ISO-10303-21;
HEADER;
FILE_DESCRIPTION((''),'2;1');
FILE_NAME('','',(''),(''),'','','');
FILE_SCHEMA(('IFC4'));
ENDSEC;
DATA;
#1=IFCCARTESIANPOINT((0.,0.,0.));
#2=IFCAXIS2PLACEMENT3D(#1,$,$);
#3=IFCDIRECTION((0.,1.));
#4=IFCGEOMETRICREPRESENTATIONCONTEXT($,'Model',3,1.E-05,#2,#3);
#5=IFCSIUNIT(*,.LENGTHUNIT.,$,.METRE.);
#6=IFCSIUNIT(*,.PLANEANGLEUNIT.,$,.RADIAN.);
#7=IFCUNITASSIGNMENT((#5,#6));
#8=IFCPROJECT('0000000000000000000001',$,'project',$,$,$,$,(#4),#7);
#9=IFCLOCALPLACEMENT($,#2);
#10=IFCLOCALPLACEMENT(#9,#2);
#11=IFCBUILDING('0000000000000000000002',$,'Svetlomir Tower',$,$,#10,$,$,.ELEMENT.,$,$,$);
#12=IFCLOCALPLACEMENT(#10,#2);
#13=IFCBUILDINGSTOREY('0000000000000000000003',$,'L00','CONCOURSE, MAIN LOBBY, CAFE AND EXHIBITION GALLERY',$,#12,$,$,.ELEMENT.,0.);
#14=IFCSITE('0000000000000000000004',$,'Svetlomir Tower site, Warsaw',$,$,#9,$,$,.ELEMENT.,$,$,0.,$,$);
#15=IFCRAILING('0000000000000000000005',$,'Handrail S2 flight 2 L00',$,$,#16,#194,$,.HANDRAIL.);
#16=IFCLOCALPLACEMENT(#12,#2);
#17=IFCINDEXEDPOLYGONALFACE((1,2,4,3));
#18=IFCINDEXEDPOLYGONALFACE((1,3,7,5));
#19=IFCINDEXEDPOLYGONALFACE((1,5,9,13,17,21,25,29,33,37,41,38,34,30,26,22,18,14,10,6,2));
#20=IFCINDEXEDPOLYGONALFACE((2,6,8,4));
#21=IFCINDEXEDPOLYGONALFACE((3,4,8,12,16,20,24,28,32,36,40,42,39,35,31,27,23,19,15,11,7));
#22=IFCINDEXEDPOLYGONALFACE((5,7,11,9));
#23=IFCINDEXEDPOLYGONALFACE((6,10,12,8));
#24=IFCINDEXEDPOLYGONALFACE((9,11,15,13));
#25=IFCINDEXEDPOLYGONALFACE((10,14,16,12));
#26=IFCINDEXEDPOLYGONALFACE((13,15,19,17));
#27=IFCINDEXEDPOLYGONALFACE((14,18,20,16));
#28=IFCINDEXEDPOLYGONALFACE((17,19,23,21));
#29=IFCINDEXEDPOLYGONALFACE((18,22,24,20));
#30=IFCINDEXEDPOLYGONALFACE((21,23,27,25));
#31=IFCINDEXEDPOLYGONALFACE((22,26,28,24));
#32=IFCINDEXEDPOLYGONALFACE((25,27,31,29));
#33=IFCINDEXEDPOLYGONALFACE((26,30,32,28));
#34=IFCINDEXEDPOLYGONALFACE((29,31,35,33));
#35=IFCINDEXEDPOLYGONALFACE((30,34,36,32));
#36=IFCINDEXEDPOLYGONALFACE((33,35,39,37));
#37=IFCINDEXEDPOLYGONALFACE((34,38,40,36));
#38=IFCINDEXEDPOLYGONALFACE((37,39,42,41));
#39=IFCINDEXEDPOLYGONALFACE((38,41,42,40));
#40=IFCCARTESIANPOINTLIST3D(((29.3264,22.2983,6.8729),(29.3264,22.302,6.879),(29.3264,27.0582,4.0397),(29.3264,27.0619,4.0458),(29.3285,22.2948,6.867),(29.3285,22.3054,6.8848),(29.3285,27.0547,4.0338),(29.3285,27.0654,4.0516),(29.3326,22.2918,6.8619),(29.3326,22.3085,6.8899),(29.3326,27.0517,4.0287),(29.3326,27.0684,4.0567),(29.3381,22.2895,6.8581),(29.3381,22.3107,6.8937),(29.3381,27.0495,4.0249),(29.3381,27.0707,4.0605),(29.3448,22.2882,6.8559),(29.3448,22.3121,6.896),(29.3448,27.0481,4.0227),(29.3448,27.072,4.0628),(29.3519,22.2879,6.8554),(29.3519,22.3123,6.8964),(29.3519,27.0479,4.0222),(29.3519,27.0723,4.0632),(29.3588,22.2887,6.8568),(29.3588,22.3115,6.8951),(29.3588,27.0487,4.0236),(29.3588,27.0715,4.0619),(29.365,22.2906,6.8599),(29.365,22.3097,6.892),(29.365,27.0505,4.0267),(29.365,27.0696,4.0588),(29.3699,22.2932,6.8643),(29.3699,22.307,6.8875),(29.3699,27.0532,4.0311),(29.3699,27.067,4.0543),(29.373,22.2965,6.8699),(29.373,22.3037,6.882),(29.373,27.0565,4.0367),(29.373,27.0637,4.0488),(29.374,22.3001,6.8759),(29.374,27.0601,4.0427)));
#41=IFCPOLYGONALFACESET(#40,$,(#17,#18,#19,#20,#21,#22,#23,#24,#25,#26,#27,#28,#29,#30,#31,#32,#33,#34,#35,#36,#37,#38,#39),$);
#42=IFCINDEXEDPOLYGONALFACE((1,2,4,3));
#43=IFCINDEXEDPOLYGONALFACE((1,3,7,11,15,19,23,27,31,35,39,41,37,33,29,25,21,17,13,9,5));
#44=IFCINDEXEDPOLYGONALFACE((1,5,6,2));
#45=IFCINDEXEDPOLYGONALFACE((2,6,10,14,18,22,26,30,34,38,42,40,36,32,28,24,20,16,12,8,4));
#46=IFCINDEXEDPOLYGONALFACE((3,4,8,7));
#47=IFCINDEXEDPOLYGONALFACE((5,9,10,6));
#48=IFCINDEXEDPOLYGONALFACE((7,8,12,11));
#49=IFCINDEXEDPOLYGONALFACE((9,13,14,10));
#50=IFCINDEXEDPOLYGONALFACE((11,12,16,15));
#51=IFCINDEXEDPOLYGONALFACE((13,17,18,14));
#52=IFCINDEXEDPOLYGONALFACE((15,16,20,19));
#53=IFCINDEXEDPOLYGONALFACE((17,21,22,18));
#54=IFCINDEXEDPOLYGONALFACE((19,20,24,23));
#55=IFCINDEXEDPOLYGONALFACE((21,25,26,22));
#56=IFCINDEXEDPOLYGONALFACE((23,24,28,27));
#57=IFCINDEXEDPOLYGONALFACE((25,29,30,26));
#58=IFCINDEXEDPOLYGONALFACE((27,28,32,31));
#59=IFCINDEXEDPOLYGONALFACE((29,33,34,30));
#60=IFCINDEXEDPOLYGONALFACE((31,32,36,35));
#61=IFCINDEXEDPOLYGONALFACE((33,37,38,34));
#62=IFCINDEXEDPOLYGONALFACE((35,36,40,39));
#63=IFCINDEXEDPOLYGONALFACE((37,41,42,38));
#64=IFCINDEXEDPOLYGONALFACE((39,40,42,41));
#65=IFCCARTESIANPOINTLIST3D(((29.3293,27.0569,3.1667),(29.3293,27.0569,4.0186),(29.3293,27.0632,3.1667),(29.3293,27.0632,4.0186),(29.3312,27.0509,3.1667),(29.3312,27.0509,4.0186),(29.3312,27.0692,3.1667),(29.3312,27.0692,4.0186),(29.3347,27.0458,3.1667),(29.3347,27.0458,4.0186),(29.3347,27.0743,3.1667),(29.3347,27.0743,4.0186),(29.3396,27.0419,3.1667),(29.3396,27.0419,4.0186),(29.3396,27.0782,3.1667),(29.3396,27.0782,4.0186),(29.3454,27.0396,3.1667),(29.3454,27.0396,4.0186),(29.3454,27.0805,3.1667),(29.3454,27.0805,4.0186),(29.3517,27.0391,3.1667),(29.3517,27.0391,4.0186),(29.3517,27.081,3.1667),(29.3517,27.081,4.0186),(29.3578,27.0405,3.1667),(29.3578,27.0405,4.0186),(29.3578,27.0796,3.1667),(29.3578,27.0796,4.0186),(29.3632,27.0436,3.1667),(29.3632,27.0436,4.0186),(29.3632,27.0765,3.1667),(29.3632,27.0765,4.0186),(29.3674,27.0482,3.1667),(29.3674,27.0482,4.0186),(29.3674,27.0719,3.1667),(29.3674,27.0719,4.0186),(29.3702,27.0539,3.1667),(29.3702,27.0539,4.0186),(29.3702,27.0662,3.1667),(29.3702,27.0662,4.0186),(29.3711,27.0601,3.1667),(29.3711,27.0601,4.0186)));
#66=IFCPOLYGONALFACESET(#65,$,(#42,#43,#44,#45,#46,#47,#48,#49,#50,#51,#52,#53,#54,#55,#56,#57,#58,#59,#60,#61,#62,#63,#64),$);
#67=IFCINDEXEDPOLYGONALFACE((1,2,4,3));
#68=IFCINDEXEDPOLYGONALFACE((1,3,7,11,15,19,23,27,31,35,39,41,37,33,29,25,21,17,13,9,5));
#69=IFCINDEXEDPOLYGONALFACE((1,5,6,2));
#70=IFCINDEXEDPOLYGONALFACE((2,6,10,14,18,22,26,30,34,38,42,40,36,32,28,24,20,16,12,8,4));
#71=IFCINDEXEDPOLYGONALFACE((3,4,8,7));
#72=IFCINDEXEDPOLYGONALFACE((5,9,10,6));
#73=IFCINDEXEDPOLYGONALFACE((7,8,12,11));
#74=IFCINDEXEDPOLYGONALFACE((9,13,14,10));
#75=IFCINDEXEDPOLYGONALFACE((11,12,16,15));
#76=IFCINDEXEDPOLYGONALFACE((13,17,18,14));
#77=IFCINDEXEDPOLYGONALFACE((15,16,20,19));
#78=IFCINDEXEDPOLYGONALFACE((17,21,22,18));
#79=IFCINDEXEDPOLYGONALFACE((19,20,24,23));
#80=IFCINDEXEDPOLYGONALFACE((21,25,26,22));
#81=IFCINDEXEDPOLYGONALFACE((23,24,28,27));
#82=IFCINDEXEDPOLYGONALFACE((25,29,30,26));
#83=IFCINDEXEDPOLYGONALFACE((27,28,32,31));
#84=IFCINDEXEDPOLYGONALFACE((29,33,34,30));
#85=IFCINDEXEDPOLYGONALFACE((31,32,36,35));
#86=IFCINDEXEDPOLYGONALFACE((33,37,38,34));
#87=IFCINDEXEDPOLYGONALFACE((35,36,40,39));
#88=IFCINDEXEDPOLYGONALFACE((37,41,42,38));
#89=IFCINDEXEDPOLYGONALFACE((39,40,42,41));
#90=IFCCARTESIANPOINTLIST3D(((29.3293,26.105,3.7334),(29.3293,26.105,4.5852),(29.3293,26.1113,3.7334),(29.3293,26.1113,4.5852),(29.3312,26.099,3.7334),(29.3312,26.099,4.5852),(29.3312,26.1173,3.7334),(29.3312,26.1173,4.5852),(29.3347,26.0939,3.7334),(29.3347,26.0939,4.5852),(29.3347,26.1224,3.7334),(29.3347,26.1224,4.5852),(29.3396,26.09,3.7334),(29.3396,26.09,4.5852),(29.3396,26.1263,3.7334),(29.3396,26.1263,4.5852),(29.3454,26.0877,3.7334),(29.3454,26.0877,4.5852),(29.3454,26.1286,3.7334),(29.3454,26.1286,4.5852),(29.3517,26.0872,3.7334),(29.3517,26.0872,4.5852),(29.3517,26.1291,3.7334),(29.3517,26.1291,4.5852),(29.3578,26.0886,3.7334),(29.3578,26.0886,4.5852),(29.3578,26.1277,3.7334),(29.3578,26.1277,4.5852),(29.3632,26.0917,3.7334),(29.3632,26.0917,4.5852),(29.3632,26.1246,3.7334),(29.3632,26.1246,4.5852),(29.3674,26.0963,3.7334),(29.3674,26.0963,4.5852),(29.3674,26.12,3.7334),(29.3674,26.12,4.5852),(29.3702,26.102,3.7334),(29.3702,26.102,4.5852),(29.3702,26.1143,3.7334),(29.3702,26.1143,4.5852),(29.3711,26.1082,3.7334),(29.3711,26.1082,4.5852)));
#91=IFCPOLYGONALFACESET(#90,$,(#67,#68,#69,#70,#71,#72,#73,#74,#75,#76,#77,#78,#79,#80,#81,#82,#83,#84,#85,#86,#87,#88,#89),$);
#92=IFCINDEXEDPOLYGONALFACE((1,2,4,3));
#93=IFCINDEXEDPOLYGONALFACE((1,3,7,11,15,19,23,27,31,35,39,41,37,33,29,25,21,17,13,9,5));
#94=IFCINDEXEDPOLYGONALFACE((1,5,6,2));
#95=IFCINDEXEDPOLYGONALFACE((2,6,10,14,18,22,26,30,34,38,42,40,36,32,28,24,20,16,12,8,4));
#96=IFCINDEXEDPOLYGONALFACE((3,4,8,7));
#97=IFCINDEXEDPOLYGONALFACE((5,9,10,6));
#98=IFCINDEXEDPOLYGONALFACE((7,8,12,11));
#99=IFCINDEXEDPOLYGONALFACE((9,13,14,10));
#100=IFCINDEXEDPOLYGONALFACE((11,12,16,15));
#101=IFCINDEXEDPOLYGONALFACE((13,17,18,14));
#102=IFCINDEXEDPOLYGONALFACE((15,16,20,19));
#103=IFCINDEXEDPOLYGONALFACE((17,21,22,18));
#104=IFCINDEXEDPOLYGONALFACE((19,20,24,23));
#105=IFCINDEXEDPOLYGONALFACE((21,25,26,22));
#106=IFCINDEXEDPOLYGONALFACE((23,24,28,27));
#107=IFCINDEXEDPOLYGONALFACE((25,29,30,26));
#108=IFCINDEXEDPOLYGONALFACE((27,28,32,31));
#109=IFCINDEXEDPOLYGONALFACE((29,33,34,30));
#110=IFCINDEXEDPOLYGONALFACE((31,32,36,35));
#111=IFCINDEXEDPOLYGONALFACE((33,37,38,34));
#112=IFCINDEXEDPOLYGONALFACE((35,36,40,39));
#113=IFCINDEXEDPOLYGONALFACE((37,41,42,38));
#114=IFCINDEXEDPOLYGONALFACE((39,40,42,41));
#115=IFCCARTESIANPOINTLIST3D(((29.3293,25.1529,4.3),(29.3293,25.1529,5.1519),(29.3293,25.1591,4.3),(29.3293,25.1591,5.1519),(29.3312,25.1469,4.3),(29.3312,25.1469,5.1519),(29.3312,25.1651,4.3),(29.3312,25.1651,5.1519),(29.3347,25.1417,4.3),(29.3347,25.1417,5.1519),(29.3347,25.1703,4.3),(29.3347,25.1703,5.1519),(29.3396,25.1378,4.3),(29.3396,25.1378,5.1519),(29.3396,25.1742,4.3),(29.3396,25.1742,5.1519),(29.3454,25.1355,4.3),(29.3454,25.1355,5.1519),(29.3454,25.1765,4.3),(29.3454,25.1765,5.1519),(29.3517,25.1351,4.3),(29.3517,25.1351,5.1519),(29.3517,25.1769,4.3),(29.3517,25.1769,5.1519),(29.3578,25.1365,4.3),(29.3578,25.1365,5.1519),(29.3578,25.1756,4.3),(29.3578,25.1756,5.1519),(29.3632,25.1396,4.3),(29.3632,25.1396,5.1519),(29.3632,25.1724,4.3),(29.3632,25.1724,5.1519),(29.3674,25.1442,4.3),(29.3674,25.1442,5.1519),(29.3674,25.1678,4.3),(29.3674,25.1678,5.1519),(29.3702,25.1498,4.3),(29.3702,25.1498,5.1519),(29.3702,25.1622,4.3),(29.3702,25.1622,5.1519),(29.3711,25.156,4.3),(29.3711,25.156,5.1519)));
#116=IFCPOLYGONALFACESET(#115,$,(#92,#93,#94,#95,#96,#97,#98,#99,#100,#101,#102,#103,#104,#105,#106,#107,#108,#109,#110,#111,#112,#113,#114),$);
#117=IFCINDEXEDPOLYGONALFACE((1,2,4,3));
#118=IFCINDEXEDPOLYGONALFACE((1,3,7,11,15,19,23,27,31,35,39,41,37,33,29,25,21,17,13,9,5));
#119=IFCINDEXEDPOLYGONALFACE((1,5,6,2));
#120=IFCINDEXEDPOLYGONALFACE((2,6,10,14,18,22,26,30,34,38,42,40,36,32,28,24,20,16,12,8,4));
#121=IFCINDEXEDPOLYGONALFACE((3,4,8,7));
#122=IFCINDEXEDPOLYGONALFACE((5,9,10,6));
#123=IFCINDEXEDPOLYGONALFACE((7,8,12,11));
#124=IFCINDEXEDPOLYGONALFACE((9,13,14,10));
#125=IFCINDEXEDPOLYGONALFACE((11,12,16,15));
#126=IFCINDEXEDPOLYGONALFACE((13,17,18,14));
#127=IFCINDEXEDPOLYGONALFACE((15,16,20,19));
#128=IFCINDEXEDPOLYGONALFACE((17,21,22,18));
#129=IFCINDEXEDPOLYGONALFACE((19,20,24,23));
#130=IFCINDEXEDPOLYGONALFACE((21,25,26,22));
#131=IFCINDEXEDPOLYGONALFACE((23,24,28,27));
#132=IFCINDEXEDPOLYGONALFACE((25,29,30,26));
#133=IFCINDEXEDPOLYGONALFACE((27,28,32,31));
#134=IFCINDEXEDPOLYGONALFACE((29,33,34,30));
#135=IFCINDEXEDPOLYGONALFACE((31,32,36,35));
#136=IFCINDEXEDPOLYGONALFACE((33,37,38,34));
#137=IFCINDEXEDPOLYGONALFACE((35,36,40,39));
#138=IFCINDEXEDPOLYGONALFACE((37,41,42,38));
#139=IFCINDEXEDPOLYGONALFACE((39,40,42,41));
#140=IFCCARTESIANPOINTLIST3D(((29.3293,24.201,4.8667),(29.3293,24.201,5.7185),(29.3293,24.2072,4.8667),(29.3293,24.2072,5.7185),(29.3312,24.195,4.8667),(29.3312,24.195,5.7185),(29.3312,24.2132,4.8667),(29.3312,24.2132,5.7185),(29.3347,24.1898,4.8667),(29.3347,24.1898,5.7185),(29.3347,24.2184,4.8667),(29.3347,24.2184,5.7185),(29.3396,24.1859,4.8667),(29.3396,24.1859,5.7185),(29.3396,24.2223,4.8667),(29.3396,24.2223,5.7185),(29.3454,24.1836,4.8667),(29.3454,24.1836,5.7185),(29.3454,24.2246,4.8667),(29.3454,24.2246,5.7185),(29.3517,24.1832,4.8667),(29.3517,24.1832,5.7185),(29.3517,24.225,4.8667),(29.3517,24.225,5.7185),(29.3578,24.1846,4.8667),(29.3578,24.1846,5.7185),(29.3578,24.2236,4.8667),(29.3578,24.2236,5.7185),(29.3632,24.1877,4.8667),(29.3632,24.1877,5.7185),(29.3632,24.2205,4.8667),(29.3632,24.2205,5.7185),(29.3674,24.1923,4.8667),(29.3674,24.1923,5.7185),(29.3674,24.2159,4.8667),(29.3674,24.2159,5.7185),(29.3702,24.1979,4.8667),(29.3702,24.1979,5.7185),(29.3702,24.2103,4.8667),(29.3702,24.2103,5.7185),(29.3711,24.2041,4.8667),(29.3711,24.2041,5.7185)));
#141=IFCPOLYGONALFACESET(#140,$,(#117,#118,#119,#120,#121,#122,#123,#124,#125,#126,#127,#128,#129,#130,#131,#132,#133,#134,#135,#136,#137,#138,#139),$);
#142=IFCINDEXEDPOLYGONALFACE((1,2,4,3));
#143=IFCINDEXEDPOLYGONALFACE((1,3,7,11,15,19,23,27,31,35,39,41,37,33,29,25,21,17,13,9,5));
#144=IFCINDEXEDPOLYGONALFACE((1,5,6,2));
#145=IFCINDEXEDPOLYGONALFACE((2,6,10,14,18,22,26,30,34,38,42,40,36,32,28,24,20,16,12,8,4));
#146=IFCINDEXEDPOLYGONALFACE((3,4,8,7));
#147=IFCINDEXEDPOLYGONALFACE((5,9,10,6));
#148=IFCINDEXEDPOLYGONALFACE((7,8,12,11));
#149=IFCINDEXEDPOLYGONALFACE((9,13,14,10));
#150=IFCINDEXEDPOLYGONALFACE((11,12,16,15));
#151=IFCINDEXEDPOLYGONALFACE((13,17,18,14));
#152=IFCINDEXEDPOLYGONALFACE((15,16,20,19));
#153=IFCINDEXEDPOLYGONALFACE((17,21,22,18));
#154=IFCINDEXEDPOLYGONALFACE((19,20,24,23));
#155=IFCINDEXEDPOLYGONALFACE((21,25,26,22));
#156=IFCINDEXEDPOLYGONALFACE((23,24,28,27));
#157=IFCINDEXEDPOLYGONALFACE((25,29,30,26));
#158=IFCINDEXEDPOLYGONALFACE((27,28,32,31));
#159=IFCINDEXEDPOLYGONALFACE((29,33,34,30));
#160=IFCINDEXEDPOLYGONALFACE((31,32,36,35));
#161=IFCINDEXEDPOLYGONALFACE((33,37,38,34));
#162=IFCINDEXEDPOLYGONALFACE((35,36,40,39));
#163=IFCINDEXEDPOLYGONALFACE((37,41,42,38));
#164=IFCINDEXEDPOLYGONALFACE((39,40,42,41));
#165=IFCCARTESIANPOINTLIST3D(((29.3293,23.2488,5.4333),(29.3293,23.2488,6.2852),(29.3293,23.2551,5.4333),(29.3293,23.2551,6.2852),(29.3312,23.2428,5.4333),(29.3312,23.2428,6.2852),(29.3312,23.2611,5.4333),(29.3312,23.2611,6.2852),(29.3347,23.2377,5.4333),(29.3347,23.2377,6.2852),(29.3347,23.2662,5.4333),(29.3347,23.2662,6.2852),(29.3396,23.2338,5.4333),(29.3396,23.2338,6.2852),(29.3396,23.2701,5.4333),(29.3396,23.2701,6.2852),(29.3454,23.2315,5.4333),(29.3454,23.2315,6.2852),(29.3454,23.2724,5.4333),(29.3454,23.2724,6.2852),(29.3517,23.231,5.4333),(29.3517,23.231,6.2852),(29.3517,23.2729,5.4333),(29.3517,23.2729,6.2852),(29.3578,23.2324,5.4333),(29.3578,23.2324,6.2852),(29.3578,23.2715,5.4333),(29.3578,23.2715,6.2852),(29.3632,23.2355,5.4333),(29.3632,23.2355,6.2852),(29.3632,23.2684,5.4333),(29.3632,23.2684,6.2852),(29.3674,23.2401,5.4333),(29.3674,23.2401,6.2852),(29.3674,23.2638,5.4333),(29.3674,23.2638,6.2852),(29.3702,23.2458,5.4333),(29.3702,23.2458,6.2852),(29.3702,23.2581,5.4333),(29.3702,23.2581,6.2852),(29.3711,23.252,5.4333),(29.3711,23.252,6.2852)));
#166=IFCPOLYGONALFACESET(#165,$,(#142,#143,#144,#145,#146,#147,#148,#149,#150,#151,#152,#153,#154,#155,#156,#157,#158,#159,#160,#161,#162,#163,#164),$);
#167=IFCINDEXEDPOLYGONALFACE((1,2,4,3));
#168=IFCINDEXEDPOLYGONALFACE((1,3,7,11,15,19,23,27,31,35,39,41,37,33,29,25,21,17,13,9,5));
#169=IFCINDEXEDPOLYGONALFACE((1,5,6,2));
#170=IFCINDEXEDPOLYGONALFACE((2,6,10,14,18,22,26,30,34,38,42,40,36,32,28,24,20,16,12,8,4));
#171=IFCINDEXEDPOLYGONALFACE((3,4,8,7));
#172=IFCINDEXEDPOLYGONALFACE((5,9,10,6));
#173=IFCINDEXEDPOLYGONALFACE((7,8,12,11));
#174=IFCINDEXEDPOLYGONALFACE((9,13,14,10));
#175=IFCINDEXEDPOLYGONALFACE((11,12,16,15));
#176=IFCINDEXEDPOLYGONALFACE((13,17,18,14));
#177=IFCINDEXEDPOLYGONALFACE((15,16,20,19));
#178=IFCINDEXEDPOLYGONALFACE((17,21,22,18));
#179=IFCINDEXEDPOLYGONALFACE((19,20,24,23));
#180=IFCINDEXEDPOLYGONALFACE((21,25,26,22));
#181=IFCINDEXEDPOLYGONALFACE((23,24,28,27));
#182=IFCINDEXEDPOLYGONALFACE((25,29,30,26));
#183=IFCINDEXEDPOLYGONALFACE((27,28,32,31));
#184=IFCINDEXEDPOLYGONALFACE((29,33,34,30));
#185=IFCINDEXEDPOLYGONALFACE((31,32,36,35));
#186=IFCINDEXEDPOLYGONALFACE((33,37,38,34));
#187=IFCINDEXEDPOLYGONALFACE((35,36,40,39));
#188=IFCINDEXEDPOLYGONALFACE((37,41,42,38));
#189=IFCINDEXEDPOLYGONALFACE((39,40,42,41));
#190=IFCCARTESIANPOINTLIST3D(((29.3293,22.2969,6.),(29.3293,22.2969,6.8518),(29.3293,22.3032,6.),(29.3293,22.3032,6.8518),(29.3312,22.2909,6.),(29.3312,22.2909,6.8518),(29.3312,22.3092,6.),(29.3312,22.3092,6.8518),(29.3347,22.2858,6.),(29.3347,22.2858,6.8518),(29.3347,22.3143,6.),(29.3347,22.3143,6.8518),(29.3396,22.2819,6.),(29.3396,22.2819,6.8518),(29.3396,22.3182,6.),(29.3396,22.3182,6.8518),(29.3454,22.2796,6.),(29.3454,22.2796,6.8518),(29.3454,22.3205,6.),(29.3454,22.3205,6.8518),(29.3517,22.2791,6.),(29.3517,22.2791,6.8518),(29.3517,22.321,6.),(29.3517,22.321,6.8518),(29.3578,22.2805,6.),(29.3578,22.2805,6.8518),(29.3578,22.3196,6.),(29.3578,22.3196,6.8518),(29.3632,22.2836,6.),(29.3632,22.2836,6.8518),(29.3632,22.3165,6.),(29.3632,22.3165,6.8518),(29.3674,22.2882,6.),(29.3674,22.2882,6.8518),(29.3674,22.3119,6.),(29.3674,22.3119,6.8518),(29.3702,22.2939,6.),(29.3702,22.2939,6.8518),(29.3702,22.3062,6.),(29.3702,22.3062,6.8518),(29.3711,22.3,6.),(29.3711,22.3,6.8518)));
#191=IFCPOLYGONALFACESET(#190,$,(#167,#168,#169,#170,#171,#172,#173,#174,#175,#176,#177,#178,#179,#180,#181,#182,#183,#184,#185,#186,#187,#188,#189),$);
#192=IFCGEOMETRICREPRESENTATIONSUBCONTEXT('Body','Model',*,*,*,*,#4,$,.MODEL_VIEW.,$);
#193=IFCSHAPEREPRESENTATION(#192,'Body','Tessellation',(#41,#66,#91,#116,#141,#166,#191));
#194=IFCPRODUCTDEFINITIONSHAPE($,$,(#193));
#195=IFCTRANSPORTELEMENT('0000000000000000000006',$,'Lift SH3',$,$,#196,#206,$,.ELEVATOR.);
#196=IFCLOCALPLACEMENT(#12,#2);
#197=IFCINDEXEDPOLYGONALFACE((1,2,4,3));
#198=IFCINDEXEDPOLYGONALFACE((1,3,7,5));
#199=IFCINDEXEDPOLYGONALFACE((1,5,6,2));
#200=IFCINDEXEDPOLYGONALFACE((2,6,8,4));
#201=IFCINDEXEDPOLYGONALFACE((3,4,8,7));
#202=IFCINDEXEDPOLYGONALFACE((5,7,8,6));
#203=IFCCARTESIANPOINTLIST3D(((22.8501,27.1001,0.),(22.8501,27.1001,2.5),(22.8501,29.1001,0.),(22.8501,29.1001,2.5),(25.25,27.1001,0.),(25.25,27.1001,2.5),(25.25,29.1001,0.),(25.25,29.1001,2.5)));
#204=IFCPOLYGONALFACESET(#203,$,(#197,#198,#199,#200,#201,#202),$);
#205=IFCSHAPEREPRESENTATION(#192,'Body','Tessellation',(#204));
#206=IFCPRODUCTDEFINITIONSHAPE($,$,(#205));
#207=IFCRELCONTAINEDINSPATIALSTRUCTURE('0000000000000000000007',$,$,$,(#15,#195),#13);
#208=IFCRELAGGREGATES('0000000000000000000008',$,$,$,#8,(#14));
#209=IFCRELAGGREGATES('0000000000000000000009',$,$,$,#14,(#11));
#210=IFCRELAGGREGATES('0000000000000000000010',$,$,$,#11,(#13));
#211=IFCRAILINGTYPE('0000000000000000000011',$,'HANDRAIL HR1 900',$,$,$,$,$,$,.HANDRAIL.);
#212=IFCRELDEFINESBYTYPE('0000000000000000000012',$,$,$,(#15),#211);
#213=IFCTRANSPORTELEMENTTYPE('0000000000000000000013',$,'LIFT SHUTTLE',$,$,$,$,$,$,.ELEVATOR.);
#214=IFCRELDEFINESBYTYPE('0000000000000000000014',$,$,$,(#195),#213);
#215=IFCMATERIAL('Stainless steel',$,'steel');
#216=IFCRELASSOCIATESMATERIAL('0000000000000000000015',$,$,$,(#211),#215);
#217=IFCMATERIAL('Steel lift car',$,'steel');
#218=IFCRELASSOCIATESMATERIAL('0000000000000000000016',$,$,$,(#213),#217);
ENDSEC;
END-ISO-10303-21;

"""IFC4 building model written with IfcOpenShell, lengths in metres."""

from ifc_helpers import new_model, si_unit, direction, frame, origin, origin_2d, place, context, subcontext, project, spatial, rectangle, circle, extrude, material, type_object, element, save


model = new_model("IFC4")

# Units and contexts
model_context = context("Model", 3, precision=1e-05, world=origin(), true_north=direction((0.0, 1.0)))
body_context = subcontext(model_context, "Body", "Model", "MODEL_VIEW")
ifc_project = project(units=[si_unit("LENGTHUNIT", "METRE"), si_unit("PLANEANGLEUNIT", "RADIAN")], contexts=[model_context])

# Site, building, storey
site_placement = place(None, origin())
site = spatial("IfcSite", under=ifc_project, at=site_placement, Name="Svetlomir Tower site, Warsaw", CompositionType="ELEMENT", RefElevation=0.0)
building_placement = place(site_placement, origin())
building = spatial("IfcBuilding", under=site, at=building_placement, Name="Svetlomir Tower", CompositionType="ELEMENT")
storey_placement = place(building_placement, origin())
storey = spatial("IfcBuildingStorey", under=building, at=storey_placement, Name="L00", Description="CONCOURSE, MAIN LOBBY, CAFE AND EXHIBITION GALLERY", CompositionType="ELEMENT", Elevation=0.0)

# Railing
ifc_material_1 = material(Name="Stainless steel", Category="steel")
railing_type = type_object("IfcRailingType", Name="HANDRAIL HR1 900", PredefinedType="HANDRAIL", material=ifc_material_1)
railing_placement = place(storey_placement, frame((29.3501, 27.0601, 3.1667)))
element("IfcRailing", 1, at=railing_placement, inside=storey, type_object=railing_type, Name="Handrail S2 flight 2 L00", PredefinedType="HANDRAIL", context=body_context, shape_type="SweptSolid", body=[
    extrude(circle(Radius=0.0239, at=origin_2d()), frame((0.0, 0.0, 0.876), z_axis=(0.0, -0.8593, 0.511472), x_axis=(1.0, 0.0, 0.0)), (0.0, 0.0, 1.0), 5.5393),
    extrude(circle(Radius=0.021, at=origin_2d()), origin(), (0.0, 0.0, 1.0), 0.8518),
    extrude(circle(Radius=0.021, at=origin_2d()), frame((0.0, -0.9519, 0.5667)), (0.0, 0.0, 1.0), 0.8518),
    extrude(circle(Radius=0.021, at=origin_2d()), frame((0.0, -1.9041, 1.1333)), (0.0, 0.0, 1.0), 0.8518),
    extrude(circle(Radius=0.021, at=origin_2d()), frame((0.0, -2.856, 1.7)), (0.0, 0.0, 1.0), 0.8518),
    extrude(circle(Radius=0.021, at=origin_2d()), frame((0.0, -3.8081, 2.2666)), (0.0, 0.0, 1.0), 0.8518),
    extrude(circle(Radius=0.021, at=origin_2d()), frame((0.0, -4.76, 2.8333)), (0.0, 0.0, 1.0), 0.8518),
])

# Transport element
ifc_material_2 = material(Name="Steel lift car", Category="steel")
transport_element_type = type_object("IfcTransportElementType", Name="LIFT SHUTTLE", PredefinedType="ELEVATOR", material=ifc_material_2)
transport_element_placement = place(storey_placement, frame((24.05, 28.1001, 0.0), z_axis=(0.0, 0.0, 1.0), x_axis=(1.0, 0.0, 0.0)))
element("IfcTransportElement", 2, at=transport_element_placement, inside=storey, type_object=transport_element_type, Name="Lift SH3", PredefinedType="ELEVATOR", context=body_context, shape_type="SweptSolid", body=[
    extrude(rectangle(XDim=2.3999, YDim=2.0, at=origin_2d()), origin(), (0.0, 0.0, 1.0), 2.5),
])

save(model, "model.ifc")
